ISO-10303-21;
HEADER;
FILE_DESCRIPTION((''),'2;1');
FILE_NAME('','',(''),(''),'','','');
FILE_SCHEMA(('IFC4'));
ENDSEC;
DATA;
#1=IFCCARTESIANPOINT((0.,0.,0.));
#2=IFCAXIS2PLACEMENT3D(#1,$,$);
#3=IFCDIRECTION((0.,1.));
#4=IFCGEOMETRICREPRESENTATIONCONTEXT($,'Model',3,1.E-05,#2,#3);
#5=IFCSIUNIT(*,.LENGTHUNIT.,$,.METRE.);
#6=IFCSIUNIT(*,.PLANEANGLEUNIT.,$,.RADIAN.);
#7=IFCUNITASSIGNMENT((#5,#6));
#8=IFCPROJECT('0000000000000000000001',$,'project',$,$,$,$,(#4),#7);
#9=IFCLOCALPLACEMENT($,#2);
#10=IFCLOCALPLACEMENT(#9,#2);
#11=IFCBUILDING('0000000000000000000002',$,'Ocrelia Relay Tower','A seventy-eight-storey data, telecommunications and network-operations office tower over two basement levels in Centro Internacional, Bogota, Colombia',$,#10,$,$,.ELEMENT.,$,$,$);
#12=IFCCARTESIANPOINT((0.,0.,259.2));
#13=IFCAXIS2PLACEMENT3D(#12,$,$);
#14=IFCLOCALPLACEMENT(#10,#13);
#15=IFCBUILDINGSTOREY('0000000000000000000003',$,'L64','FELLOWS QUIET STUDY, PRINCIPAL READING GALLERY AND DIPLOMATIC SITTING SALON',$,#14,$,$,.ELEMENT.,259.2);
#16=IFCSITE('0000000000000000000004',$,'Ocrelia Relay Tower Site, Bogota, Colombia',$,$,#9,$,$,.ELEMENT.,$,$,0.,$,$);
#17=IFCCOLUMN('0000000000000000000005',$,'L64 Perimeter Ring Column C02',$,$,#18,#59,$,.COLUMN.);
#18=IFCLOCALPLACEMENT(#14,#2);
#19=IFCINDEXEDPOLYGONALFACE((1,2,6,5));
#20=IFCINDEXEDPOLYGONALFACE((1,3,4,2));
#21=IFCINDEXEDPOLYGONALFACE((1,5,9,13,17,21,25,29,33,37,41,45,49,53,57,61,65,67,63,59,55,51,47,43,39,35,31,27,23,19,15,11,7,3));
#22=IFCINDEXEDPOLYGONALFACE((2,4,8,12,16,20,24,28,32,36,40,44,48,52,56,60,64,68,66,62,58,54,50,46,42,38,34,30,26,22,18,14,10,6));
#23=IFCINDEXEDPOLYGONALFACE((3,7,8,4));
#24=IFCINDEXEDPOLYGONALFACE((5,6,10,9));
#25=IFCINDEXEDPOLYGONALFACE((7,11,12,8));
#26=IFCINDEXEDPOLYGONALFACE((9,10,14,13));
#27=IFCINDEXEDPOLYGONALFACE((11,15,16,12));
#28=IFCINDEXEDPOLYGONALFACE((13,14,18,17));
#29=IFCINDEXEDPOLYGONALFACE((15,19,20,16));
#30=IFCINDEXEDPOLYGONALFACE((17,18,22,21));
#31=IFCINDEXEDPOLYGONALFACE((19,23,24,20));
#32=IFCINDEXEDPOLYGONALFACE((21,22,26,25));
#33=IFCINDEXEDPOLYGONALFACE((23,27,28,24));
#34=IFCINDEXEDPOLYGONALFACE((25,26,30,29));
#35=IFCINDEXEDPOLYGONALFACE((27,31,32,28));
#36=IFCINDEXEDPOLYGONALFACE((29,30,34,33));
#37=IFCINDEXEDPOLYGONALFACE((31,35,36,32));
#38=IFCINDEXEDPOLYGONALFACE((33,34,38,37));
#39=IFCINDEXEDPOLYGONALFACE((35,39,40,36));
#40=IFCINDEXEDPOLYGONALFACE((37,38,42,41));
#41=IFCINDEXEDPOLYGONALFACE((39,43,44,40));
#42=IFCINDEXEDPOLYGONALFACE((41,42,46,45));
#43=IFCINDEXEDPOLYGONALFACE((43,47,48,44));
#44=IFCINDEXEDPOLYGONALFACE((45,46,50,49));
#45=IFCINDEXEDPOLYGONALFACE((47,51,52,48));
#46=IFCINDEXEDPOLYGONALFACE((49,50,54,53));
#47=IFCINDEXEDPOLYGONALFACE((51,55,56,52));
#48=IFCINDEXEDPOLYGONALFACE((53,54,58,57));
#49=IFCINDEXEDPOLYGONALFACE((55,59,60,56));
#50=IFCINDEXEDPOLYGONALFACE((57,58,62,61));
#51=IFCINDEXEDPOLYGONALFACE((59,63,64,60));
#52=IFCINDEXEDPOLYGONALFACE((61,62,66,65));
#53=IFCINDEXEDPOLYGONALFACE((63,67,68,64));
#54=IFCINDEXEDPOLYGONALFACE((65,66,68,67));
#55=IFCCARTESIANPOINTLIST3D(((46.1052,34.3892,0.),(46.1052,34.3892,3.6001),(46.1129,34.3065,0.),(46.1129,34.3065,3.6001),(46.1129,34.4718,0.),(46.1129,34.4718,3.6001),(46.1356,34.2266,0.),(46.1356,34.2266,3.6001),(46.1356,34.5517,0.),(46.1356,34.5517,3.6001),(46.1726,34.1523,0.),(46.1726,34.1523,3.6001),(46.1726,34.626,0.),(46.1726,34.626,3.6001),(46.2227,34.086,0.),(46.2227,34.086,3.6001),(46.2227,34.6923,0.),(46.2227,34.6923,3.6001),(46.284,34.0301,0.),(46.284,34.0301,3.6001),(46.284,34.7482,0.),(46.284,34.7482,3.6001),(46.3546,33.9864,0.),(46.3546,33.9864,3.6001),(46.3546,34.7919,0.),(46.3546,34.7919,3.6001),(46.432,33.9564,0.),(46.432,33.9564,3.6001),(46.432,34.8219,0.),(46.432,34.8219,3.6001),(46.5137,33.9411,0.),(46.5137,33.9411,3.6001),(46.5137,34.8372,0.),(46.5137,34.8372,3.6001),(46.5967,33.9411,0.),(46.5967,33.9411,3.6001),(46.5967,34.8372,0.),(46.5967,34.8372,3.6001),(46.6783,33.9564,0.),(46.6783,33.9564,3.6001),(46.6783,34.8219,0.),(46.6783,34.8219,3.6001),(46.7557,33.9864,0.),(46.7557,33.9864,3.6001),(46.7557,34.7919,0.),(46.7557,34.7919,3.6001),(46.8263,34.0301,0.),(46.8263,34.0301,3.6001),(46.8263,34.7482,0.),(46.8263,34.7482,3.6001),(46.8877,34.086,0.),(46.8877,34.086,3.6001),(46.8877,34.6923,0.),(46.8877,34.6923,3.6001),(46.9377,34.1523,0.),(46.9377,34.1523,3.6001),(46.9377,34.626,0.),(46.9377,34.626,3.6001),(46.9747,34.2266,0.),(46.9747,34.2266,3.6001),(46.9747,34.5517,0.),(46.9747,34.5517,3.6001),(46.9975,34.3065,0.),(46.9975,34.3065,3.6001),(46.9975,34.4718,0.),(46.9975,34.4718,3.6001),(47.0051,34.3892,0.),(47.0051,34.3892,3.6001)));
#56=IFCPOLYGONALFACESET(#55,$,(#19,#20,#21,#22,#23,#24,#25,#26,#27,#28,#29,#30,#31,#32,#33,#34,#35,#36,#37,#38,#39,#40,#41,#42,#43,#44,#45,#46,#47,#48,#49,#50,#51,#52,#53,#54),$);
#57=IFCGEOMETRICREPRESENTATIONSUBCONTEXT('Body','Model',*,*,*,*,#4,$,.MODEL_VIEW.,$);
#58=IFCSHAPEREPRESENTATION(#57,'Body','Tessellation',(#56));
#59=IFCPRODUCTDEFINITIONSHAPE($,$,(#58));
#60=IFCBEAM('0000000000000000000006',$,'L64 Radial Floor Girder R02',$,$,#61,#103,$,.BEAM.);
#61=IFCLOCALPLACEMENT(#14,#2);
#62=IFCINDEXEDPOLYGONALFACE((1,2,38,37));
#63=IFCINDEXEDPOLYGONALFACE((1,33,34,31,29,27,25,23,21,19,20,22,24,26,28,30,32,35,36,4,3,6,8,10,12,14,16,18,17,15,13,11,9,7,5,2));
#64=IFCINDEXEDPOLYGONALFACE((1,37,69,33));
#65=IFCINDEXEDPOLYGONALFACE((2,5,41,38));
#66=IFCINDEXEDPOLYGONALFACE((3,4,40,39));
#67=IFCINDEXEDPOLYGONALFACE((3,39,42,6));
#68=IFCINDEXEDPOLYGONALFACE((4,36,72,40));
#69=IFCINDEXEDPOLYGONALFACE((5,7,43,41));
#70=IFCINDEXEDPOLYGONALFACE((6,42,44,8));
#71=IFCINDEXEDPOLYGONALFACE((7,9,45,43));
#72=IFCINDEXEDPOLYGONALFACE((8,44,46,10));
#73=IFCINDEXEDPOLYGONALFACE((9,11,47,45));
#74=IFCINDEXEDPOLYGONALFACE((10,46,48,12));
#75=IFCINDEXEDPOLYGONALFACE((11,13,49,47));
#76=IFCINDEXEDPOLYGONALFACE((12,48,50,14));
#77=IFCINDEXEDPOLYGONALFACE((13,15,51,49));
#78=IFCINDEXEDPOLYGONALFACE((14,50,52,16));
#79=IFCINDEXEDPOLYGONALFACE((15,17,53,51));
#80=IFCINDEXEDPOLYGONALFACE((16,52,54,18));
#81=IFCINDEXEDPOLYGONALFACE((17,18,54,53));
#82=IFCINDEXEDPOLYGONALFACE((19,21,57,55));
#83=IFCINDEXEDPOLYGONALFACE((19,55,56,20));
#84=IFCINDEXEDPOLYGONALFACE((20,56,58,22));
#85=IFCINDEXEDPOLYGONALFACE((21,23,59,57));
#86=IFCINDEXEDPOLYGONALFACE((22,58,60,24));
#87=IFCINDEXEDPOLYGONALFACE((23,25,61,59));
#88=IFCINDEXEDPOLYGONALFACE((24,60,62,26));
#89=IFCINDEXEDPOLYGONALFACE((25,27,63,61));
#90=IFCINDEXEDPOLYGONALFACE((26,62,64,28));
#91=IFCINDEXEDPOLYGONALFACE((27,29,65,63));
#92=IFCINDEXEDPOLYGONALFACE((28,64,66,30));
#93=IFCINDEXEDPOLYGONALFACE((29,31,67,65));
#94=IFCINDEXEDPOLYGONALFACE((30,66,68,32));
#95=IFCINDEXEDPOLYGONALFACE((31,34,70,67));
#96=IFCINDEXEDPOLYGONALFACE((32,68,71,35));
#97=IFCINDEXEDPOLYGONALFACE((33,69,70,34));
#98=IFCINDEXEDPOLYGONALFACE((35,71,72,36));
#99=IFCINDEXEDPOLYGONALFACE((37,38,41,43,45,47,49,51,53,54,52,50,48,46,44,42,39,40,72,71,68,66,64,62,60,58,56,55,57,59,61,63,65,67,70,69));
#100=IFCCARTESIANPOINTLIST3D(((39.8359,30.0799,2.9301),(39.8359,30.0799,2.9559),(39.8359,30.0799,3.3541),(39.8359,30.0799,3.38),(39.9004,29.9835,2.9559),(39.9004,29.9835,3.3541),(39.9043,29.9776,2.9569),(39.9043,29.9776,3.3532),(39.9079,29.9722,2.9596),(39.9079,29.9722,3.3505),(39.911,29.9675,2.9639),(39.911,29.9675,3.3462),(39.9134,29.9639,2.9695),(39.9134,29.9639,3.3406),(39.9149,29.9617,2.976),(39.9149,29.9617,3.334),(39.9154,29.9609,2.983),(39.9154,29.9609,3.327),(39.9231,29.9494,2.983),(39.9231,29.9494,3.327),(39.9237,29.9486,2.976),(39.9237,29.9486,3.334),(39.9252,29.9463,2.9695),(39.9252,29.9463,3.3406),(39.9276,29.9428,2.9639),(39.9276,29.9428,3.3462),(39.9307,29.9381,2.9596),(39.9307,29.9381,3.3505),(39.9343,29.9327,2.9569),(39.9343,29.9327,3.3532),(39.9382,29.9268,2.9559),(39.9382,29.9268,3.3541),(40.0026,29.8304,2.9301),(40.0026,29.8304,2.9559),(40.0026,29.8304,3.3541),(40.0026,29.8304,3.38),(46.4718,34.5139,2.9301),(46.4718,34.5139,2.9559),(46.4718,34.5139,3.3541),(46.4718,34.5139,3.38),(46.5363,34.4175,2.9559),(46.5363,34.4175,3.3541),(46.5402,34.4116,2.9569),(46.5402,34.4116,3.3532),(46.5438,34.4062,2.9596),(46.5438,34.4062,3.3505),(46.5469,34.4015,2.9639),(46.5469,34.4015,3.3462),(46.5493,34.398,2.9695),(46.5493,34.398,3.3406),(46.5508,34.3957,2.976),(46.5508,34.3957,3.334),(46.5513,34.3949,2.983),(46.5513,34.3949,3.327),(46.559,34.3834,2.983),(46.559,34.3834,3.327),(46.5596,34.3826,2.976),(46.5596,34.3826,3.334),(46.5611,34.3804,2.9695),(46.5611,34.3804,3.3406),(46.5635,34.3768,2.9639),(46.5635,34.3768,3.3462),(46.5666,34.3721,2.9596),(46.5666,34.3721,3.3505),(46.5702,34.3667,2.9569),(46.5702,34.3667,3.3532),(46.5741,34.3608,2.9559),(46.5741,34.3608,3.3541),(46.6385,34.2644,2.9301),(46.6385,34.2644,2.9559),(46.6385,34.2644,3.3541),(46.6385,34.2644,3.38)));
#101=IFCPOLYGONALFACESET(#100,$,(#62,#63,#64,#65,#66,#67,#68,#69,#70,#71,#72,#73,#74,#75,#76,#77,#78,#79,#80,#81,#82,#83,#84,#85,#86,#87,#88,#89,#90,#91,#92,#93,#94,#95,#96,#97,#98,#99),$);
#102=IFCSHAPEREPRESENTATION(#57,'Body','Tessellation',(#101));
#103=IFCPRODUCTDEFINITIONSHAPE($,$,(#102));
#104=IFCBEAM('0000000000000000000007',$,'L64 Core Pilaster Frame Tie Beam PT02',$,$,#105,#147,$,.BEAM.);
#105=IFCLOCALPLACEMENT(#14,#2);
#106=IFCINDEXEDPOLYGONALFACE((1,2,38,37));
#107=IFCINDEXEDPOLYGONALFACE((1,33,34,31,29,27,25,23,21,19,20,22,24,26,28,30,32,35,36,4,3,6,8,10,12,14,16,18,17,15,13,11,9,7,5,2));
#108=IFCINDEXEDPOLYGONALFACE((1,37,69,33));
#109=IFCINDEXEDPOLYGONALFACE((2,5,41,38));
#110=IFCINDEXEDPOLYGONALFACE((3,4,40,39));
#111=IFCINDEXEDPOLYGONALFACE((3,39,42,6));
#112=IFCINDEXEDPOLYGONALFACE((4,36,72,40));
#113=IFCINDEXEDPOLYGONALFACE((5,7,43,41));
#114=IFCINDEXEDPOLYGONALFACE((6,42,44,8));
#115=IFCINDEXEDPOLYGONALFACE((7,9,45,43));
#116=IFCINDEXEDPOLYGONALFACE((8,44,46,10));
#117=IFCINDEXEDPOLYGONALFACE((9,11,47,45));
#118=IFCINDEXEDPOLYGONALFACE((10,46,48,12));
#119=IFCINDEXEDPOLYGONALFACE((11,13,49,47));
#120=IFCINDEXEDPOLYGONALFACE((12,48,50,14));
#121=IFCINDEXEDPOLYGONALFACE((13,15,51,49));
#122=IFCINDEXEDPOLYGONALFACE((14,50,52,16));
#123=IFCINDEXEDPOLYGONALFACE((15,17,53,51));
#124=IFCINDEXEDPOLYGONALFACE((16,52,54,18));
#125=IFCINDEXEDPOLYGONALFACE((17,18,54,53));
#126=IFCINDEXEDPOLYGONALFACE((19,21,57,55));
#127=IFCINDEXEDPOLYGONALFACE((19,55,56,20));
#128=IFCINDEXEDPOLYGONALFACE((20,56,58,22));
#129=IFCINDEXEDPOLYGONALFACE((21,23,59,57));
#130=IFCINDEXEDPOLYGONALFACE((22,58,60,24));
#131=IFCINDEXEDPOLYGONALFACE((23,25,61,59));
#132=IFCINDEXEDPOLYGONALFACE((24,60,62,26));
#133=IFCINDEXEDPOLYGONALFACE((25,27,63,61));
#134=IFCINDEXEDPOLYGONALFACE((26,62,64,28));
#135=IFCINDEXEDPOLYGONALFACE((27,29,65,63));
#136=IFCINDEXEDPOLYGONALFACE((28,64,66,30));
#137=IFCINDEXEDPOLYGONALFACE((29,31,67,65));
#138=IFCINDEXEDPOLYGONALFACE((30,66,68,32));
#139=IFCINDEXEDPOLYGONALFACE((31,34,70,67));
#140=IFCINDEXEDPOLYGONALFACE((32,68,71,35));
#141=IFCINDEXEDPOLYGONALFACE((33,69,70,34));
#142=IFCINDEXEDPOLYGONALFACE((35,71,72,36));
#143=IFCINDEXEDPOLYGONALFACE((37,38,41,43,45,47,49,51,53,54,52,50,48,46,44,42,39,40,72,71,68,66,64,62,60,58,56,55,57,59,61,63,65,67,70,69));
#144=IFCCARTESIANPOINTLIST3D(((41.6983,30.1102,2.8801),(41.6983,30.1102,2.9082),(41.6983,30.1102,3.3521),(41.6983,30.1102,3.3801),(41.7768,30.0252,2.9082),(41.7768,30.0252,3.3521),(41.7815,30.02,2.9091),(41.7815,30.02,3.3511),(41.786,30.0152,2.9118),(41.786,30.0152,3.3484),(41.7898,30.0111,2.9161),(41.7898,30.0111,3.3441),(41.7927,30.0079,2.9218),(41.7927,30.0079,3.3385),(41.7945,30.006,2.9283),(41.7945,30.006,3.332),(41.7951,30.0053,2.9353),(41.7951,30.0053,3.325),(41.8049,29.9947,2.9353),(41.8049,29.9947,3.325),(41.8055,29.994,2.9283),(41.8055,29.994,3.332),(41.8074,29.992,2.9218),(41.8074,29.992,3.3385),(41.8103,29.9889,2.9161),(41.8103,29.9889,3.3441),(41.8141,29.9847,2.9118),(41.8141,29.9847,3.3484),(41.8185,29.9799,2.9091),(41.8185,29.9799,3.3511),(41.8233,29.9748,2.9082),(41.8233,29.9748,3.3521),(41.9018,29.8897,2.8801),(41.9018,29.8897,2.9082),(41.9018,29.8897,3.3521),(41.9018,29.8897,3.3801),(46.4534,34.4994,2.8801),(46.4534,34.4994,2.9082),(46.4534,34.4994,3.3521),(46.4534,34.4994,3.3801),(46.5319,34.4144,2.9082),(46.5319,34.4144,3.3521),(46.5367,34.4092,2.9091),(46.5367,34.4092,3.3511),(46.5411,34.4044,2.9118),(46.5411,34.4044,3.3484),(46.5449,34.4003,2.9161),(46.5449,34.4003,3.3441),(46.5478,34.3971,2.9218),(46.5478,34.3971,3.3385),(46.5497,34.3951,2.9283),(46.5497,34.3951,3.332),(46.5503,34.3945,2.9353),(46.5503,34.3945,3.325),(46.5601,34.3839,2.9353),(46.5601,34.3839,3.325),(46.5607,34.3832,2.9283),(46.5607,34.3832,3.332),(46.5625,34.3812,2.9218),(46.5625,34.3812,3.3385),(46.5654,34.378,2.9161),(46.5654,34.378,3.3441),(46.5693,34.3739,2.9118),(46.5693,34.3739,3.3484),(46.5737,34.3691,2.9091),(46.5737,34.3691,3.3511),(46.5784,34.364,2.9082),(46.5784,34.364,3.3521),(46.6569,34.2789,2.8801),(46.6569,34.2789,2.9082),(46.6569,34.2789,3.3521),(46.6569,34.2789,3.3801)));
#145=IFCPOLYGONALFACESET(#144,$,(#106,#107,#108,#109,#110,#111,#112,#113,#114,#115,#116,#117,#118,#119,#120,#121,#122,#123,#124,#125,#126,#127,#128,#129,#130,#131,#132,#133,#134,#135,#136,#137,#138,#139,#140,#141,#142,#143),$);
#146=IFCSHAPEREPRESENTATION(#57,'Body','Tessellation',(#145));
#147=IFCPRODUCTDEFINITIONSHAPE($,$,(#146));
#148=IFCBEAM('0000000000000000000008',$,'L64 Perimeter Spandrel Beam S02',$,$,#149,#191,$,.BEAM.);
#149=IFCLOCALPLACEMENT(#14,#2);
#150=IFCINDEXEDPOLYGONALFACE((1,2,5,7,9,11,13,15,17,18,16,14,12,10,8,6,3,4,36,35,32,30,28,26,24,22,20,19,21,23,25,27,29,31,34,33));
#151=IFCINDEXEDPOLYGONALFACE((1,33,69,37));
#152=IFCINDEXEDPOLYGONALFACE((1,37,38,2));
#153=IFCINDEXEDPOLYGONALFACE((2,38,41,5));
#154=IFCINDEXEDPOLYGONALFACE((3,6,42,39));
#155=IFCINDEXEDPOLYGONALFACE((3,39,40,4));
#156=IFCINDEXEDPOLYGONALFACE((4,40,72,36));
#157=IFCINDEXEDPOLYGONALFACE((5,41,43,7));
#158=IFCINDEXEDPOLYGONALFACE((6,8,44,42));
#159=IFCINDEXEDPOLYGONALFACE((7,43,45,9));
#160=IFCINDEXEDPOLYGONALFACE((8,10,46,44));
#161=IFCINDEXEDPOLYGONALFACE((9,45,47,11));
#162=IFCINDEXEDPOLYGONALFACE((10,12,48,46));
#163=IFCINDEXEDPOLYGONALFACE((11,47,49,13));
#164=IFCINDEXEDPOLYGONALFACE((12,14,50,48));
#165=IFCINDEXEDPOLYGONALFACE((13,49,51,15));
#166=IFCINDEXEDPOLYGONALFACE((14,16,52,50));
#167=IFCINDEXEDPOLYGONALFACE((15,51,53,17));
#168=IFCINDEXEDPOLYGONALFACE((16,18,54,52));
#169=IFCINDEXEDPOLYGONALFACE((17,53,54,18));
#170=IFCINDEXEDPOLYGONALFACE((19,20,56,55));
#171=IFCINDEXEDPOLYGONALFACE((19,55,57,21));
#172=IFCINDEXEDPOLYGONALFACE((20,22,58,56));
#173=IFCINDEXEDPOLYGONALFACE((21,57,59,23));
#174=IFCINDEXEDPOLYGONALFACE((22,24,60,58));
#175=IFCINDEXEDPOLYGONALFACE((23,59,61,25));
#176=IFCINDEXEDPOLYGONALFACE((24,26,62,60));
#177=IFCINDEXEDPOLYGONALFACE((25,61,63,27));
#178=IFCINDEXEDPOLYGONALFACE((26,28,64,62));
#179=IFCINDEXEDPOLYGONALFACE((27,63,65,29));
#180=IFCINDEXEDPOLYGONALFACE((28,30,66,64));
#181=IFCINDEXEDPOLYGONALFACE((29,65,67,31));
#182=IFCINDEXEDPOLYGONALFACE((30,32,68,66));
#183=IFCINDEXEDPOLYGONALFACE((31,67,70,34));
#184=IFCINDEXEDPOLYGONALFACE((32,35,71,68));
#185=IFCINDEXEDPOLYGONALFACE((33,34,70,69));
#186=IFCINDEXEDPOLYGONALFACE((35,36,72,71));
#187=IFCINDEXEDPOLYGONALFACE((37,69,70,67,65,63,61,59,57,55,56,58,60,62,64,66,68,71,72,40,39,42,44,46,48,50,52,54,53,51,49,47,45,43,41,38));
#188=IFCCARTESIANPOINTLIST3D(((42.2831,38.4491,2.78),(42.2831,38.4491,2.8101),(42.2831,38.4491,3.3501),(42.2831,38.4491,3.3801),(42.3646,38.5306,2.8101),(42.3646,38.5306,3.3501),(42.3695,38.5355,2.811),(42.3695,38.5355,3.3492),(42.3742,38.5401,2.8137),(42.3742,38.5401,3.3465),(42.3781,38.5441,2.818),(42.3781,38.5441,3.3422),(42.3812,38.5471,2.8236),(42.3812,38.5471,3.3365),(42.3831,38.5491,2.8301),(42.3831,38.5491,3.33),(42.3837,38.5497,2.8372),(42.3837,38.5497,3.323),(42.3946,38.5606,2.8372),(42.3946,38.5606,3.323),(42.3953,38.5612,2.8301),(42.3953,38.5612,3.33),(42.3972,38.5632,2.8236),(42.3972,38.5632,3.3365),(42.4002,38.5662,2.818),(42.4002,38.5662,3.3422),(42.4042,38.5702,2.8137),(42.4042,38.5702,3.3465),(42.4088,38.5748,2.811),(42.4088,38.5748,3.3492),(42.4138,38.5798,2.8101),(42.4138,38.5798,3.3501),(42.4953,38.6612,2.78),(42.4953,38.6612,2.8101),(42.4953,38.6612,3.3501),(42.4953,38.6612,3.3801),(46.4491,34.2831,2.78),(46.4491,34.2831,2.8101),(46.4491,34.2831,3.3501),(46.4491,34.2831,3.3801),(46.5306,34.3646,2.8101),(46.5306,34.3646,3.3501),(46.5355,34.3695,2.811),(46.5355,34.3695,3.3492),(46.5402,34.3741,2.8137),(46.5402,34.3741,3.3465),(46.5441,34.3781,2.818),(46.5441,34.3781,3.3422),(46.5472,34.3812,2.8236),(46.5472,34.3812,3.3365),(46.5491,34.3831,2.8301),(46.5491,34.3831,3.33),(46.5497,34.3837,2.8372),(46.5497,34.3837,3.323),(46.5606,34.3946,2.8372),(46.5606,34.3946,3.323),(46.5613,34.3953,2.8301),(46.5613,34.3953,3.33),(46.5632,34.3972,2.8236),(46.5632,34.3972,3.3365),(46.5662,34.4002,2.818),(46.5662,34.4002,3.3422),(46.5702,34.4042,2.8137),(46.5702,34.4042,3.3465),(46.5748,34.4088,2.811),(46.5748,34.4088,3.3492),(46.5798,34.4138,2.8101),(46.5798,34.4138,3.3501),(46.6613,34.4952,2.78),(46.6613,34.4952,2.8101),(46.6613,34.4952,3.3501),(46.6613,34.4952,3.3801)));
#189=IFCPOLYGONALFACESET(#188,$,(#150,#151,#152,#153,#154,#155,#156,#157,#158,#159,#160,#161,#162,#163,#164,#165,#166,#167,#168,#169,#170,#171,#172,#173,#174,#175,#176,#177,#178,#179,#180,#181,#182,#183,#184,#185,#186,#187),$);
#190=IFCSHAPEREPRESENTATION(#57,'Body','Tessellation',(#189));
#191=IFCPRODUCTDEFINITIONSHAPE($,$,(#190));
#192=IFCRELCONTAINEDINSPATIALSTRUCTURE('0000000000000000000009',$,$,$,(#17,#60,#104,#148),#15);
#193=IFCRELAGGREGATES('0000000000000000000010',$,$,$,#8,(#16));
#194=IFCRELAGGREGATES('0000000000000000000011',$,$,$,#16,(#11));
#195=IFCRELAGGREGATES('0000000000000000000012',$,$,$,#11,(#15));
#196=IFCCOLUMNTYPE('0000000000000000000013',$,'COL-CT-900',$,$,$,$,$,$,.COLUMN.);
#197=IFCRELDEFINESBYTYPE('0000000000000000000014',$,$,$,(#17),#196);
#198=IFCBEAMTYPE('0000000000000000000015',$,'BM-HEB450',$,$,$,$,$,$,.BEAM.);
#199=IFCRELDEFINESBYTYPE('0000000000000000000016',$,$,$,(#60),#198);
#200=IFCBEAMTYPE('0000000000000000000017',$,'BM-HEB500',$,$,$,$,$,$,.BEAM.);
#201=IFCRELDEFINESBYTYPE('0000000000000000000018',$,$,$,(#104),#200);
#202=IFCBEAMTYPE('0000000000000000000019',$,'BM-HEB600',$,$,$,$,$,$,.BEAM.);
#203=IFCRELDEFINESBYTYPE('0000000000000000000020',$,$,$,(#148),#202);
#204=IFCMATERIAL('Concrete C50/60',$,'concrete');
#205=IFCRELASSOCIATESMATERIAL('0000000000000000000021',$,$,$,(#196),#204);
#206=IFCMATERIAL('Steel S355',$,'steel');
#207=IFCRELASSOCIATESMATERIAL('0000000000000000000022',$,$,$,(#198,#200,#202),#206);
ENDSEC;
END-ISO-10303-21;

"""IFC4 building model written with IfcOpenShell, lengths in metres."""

from ifc_helpers import new_model, si_unit, direction, frame, origin, origin_2d, place, context, subcontext, project, spatial, circle, i_section, extrude, material, material_profile, profile_set, type_object, element, save


model = new_model("IFC4")

# Units and contexts
model_context = context("Model", 3, precision=1e-05, world=origin(), true_north=direction((0.0, 1.0)))
body_context = subcontext(model_context, "Body", "Model", "MODEL_VIEW")
ifc_project = project(units=[si_unit("LENGTHUNIT", "METRE"), si_unit("PLANEANGLEUNIT", "RADIAN")], contexts=[model_context])

# Site, building, storey
site_placement = place(None, origin())
site = spatial("IfcSite", under=ifc_project, at=site_placement, Name="Ocrelia Relay Tower Site, Bogota, Colombia", CompositionType="ELEMENT", RefElevation=0.0)
building_placement = place(site_placement, origin())
building = spatial("IfcBuilding", under=site, at=building_placement, Name="Ocrelia Relay Tower", Description="A seventy-eight-storey data, telecommunications and network-operations office tower over two basement levels in Centro Internacional, Bogota, Colombia", CompositionType="ELEMENT")
storey_placement = place(building_placement, frame((0.0, 0.0, 259.2)))
storey = spatial("IfcBuildingStorey", under=building, at=storey_placement, Name="L64", Description="FELLOWS QUIET STUDY, PRINCIPAL READING GALLERY AND DIPLOMATIC SITTING SALON", CompositionType="ELEMENT", Elevation=259.2)

# Column
ifc_material_1 = material(Name="Concrete C50/60", Category="concrete")
ifc_material_profile_1 = material_profile(ifc_material_1, circle(Radius=0.45, at=origin_2d()), Name="RC-CIR-900")
ifc_profile_set_1 = profile_set([ifc_material_profile_1], Name="Concrete C50/60")
column_type = type_object("IfcColumnType", Name="COL-CT-900", PredefinedType="COLUMN", material=ifc_profile_set_1)
column_placement = place(storey_placement, frame((46.5552, 34.3892, 0.0), z_axis=(0.0, 0.0, 1.0), x_axis=(1.0, 0.0, 0.0)))
element("IfcColumn", 1, at=column_placement, inside=storey, type_object=column_type, Name="L64 Perimeter Ring Column C02", PredefinedType="COLUMN", context=body_context, shape_type="SweptSolid", body=[
    extrude(circle(Radius=0.45, at=origin_2d()), origin(), (0.0, 0.0, 1.0), 3.6001),
])

# Beams
ifc_material_2 = material(Name="Steel S355", Category="steel")
ifc_material_profile_2 = material_profile(ifc_material_2, i_section(OverallWidth=0.3, OverallDepth=0.45, WebThickness=0.0139, FlangeThickness=0.0259, FilletRadius=0.0271, at=origin_2d()), Name="HEB 450")
ifc_profile_set_2 = profile_set([ifc_material_profile_2], Name="Steel S355")
beam_type_1 = type_object("IfcBeamType", Name="BM-HEB450", PredefinedType="BEAM", material=ifc_profile_set_2)
beam_1_placement = place(storey_placement, frame((46.5552, 34.3892, 3.155), z_axis=(-0.831466, -0.555575, 0.0), x_axis=(0.555575, -0.831466, 0.0)))
element("IfcBeam", 2, at=beam_1_placement, inside=storey, type_object=beam_type_1, Name="L64 Radial Floor Girder R02", PredefinedType="BEAM", context=body_context, shape_type="SweptSolid", body=[
    extrude(i_section(OverallWidth=0.3, OverallDepth=0.45, WebThickness=0.0139, FlangeThickness=0.0259, FilletRadius=0.0271, at=origin_2d()), origin(), (0.0, 0.0, 1.0), 7.981),
])
ifc_material_profile_3 = material_profile(ifc_material_2, i_section(OverallWidth=0.3, OverallDepth=0.5, WebThickness=0.0144, FlangeThickness=0.0281, FilletRadius=0.0271, at=origin_2d()), Name="HEB 500")
ifc_profile_set_3 = profile_set([ifc_material_profile_3], Name="Steel S355")
beam_type_2 = type_object("IfcBeamType", Name="BM-HEB500", PredefinedType="BEAM", material=ifc_profile_set_3)
beam_2_placement = place(storey_placement, frame((46.5552, 34.3892, 3.1301), z_axis=(-0.734818, -0.678264, 0.0), x_axis=(0.678264, -0.734818, 0.0)))
element("IfcBeam", 3, at=beam_2_placement, inside=storey, type_object=beam_type_2, Name="L64 Core Pilaster Frame Tie Beam PT02", PredefinedType="BEAM", context=body_context, shape_type="SweptSolid", body=[
    extrude(i_section(OverallWidth=0.3, OverallDepth=0.5, WebThickness=0.0144, FlangeThickness=0.0281, FilletRadius=0.0271, at=origin_2d()), origin(), (0.0, 0.0, 1.0), 6.4712),
])
ifc_material_profile_4 = material_profile(ifc_material_2, i_section(OverallWidth=0.3, OverallDepth=0.6001, WebThickness=0.0154, FlangeThickness=0.03, FilletRadius=0.0271, at=origin_2d()), Name="HEB 600")
ifc_profile_set_4 = profile_set([ifc_material_profile_4], Name="Steel S355")
beam_type_3 = type_object("IfcBeamType", Name="BM-HEB600", PredefinedType="BEAM", material=ifc_profile_set_4)
beam_3_placement = place(storey_placement, frame((46.5552, 34.3892, 3.0801), z_axis=(-0.707107, 0.707107, 0.0), x_axis=(-0.707107, -0.707107, 0.0)))
element("IfcBeam", 4, at=beam_3_placement, inside=storey, type_object=beam_type_3, Name="L64 Perimeter Spandrel Beam S02", PredefinedType="BEAM", context=body_context, shape_type="SweptSolid", body=[
    extrude(i_section(OverallWidth=0.3, OverallDepth=0.6001, WebThickness=0.0154, FlangeThickness=0.03, FilletRadius=0.0271, at=origin_2d()), origin(), (0.0, 0.0, 1.0), 5.8916),
])

save(model, "model.ifc")
